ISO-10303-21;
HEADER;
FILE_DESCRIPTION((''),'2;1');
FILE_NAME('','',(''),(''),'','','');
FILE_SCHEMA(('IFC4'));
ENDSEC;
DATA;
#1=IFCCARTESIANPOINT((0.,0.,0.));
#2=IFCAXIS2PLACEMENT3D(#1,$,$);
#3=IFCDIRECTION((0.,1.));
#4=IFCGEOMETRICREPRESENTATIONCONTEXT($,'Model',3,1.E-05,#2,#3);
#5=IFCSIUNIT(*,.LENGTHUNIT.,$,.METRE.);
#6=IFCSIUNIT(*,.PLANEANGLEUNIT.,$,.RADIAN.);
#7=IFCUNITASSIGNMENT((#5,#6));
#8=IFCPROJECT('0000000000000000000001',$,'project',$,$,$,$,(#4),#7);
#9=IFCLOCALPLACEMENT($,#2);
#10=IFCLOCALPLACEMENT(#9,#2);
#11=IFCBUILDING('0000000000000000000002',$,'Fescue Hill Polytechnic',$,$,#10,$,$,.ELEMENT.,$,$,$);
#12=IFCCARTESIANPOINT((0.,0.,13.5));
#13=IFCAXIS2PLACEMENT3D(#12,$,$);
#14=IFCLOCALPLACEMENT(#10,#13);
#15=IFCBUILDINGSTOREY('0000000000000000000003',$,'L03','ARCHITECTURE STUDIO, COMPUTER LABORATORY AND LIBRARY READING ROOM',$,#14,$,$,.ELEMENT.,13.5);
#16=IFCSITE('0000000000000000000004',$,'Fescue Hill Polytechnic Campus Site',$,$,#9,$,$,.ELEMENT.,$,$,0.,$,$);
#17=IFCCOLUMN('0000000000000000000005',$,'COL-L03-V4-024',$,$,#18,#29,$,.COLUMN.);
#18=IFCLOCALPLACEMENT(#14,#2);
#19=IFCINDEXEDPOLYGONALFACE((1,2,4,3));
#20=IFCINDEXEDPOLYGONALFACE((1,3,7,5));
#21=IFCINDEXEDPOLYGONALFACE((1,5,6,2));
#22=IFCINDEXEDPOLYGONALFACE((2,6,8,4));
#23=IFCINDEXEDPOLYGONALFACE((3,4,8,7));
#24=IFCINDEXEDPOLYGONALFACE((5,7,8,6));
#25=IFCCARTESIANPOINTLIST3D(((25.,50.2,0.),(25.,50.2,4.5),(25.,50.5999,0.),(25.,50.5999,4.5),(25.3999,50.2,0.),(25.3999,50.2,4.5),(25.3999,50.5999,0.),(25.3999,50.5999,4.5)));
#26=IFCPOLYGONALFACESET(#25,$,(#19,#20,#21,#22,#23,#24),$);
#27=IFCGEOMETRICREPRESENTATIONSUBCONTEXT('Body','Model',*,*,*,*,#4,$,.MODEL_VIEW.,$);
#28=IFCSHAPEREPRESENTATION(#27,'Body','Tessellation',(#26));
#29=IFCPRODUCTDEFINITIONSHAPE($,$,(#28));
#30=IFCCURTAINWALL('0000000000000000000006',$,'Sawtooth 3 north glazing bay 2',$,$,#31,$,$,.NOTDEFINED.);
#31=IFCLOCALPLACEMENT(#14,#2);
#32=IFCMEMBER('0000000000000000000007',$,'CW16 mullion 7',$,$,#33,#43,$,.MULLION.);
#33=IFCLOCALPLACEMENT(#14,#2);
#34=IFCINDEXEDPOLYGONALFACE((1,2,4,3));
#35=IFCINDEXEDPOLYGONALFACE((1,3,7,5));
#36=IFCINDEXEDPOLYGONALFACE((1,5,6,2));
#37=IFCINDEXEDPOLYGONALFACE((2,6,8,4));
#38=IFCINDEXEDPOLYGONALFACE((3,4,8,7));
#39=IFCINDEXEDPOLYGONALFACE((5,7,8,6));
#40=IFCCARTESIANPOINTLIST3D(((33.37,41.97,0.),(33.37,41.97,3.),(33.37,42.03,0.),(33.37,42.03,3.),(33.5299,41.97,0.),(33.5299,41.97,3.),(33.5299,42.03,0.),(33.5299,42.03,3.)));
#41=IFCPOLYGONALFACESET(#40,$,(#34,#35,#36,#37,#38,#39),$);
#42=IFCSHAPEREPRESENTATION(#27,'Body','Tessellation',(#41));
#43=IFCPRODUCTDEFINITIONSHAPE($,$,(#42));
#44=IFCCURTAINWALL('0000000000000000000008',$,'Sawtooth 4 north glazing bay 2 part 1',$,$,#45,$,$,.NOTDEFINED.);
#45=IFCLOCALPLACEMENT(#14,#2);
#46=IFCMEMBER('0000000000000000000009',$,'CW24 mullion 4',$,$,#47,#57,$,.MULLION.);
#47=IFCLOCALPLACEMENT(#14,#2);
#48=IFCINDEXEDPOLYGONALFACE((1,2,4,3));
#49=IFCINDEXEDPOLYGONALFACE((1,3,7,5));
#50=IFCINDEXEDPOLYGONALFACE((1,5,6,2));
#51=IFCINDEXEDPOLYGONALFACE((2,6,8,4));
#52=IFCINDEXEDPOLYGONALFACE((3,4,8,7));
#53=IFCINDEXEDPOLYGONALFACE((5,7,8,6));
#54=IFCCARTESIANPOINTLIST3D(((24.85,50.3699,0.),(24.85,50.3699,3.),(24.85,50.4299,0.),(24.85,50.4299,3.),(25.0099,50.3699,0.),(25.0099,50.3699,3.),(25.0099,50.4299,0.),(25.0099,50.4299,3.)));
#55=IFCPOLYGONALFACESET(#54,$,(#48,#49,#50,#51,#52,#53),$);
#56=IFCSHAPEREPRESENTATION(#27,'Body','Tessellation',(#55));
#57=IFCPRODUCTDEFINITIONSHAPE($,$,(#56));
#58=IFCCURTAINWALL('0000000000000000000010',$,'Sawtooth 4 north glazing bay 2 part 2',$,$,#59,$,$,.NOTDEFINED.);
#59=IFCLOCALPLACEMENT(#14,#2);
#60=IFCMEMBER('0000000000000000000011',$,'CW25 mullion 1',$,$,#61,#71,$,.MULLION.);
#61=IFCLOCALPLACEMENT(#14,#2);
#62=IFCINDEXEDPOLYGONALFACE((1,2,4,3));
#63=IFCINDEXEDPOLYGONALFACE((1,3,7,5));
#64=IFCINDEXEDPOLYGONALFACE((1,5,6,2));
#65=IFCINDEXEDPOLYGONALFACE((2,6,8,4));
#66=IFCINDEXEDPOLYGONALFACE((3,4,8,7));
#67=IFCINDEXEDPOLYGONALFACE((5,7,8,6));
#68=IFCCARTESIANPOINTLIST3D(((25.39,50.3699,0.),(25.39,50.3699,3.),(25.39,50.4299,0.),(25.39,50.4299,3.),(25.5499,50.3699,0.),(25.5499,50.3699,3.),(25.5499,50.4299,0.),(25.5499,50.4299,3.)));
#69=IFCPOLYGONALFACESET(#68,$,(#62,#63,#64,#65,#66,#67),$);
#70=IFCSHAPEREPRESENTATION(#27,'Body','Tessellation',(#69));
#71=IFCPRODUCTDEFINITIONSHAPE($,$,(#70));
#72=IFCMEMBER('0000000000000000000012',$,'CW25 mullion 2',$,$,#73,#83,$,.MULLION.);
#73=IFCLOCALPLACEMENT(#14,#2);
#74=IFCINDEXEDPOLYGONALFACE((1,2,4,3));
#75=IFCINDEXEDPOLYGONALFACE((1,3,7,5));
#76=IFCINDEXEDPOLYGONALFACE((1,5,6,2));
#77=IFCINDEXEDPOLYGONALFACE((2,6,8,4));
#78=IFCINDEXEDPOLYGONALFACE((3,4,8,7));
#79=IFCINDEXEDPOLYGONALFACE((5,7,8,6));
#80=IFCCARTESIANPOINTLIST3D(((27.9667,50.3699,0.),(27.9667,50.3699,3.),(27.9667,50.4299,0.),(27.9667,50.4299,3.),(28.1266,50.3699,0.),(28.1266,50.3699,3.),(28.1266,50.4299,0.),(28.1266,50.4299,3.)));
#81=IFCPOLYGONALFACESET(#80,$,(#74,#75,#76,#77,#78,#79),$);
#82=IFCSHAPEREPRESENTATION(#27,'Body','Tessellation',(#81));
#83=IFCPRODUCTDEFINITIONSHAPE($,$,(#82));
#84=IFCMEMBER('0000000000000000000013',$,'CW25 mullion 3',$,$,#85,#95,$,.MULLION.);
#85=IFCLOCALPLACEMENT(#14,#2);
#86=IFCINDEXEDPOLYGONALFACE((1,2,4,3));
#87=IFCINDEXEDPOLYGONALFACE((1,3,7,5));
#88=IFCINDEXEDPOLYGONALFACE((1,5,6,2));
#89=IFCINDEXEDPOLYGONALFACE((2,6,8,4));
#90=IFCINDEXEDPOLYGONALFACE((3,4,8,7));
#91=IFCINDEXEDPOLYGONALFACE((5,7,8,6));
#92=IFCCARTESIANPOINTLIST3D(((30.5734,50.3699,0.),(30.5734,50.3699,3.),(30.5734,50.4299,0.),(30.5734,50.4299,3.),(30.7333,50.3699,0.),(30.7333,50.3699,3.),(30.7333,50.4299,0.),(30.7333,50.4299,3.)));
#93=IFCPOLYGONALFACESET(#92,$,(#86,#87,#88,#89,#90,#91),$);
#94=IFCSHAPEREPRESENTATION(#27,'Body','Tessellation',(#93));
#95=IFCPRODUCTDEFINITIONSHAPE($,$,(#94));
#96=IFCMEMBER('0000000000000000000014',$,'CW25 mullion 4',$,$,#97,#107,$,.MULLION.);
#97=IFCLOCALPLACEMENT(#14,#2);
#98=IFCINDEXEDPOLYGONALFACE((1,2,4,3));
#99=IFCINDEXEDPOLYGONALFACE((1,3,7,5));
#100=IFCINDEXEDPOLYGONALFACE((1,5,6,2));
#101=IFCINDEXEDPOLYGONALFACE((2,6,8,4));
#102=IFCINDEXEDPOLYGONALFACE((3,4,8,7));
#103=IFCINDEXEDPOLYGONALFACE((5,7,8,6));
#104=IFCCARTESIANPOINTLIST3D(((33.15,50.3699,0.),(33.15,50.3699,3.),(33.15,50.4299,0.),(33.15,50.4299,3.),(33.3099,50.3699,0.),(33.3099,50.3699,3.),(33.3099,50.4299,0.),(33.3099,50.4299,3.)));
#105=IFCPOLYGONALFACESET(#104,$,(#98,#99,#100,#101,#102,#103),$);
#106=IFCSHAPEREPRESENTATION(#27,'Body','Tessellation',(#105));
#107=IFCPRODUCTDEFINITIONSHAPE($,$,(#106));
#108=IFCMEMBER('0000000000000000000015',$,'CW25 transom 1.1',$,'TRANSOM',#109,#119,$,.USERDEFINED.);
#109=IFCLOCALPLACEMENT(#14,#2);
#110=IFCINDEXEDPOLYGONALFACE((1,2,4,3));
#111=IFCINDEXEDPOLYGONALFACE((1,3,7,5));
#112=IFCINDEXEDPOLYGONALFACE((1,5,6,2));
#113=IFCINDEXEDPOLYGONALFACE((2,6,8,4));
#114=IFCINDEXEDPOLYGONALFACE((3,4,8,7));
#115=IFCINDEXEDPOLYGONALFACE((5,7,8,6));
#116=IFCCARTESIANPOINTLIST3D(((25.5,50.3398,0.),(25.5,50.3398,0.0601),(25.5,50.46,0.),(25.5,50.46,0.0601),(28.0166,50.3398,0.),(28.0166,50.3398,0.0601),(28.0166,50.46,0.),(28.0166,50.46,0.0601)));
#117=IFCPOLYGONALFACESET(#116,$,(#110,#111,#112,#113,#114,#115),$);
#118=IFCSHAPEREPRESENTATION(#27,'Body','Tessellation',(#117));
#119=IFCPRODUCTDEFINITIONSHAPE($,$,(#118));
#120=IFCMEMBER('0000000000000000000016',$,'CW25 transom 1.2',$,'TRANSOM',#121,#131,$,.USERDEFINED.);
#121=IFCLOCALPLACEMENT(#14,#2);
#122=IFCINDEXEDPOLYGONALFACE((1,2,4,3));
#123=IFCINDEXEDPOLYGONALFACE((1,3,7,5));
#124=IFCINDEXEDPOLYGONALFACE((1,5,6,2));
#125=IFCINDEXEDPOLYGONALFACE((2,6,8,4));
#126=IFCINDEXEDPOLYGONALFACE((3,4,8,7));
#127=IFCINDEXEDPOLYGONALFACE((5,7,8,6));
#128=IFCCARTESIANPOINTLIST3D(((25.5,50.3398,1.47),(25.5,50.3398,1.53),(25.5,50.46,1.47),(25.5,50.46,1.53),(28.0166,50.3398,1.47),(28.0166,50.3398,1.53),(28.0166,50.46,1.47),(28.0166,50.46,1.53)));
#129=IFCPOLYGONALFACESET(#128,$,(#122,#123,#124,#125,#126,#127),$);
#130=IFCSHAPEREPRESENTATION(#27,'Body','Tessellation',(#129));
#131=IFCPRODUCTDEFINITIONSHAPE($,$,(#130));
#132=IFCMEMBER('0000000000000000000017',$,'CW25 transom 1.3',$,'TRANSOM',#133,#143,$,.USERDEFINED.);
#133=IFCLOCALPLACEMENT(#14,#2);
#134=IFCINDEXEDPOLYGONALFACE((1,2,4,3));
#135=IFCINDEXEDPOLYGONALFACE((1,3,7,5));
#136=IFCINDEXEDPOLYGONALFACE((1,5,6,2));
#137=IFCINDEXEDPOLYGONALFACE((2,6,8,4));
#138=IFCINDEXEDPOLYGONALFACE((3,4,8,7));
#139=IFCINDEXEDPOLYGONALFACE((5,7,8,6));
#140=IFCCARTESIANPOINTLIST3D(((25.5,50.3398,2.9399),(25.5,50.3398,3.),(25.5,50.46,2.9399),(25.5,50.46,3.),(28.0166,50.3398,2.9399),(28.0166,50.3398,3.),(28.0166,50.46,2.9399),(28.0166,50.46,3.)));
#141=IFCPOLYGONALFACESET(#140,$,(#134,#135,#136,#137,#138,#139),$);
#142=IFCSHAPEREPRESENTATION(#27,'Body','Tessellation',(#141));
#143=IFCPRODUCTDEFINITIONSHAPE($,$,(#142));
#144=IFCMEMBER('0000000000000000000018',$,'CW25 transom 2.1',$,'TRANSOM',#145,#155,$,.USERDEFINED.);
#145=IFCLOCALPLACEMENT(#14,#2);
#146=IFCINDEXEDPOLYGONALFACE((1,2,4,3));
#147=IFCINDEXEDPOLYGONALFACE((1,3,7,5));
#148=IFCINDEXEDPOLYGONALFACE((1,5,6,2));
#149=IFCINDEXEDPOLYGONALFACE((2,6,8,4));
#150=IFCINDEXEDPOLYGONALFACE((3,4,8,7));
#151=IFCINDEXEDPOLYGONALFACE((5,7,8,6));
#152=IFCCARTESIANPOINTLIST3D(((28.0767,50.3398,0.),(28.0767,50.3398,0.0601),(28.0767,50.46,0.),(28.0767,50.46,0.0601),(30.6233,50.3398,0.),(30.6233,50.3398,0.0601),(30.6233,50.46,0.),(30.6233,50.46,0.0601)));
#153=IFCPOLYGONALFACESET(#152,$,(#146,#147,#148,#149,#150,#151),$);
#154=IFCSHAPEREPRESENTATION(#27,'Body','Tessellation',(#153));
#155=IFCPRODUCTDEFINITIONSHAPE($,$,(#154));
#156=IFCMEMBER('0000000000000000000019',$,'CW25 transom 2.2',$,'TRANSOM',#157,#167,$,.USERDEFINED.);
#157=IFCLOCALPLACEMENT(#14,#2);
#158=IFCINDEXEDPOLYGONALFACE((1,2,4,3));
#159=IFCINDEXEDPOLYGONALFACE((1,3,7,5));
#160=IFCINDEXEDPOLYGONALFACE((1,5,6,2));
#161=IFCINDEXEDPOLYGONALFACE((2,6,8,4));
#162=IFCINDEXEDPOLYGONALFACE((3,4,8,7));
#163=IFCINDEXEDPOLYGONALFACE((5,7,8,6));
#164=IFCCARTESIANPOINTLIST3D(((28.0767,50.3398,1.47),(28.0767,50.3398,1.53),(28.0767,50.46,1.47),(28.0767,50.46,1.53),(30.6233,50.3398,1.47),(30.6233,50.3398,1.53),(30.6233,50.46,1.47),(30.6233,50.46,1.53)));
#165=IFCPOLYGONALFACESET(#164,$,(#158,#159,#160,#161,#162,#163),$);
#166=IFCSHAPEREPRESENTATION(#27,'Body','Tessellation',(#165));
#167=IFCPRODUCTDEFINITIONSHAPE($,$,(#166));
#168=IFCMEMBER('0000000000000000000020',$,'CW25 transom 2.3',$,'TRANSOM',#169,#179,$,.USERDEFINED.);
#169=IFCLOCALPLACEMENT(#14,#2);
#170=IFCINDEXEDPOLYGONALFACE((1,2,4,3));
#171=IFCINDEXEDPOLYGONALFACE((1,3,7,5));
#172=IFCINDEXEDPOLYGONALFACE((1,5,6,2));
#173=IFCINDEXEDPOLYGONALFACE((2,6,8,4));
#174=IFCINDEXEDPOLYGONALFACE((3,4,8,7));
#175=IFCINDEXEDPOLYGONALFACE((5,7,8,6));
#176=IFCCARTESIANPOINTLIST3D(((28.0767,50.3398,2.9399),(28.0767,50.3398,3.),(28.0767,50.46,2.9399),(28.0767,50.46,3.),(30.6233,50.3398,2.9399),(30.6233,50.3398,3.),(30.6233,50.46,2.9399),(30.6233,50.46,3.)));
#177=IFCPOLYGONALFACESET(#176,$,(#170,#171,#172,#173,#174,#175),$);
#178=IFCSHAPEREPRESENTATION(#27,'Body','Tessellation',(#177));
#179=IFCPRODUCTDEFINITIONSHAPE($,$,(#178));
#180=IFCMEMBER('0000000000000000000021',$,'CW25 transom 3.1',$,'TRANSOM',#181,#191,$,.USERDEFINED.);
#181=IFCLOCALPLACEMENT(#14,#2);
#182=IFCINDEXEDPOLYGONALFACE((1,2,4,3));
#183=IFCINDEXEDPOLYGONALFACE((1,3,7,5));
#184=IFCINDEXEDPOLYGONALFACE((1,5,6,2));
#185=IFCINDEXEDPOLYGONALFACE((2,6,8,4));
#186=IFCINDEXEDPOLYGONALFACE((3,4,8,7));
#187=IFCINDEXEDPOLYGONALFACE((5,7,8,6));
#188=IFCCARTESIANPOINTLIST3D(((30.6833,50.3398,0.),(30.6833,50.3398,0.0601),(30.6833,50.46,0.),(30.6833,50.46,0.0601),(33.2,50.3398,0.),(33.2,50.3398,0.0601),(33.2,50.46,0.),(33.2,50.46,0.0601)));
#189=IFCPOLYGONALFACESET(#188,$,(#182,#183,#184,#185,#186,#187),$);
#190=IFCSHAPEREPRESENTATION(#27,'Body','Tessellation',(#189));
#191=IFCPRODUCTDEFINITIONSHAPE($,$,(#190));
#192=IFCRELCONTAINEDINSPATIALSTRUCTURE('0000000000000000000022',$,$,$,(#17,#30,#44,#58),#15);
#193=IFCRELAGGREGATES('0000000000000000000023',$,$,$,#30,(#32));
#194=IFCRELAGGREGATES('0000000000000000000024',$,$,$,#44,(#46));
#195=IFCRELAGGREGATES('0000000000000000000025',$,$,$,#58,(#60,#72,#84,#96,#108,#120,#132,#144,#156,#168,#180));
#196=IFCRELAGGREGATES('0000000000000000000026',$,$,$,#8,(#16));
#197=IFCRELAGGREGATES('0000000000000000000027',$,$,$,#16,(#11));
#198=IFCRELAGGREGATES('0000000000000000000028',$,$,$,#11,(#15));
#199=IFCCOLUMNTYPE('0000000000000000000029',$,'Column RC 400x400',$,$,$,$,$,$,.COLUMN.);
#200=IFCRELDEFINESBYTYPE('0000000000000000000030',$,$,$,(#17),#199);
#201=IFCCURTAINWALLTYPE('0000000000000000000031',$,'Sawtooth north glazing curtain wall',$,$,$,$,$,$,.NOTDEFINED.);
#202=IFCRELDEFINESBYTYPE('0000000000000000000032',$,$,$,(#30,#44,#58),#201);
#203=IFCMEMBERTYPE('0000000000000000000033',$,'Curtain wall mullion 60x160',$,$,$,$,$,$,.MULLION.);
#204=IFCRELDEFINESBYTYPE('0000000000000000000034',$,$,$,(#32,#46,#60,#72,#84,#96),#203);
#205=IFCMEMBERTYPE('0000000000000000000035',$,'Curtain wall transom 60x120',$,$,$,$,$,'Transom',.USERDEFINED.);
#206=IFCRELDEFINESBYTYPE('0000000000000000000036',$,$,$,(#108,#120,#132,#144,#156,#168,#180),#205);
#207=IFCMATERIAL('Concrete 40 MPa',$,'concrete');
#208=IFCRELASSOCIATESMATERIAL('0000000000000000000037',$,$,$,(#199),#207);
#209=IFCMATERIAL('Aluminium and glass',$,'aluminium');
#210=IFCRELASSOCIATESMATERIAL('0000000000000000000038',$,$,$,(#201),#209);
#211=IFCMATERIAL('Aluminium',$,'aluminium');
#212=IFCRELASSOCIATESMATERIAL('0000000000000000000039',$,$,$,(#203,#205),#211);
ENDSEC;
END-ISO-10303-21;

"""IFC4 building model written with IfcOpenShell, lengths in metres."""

from ifc_helpers import new_model, si_unit, direction, frame, origin, origin_2d, place, context, subcontext, project, spatial, rectangle, extrude, material, material_profile, profile_set, type_object, element, aggregate, save


model = new_model("IFC4")

# Units and contexts
model_context = context("Model", 3, precision=1e-05, world=origin(), true_north=direction((0.0, 1.0)))
body_context = subcontext(model_context, "Body", "Model", "MODEL_VIEW")
ifc_project = project(units=[si_unit("LENGTHUNIT", "METRE"), si_unit("PLANEANGLEUNIT", "RADIAN")], contexts=[model_context])

# Site, building, storey
site_placement = place(None, origin())
site = spatial("IfcSite", under=ifc_project, at=site_placement, Name="Fescue Hill Polytechnic Campus Site", CompositionType="ELEMENT", RefElevation=0.0)
building_placement = place(site_placement, origin())
building = spatial("IfcBuilding", under=site, at=building_placement, Name="Fescue Hill Polytechnic", CompositionType="ELEMENT")
storey_placement = place(building_placement, frame((0.0, 0.0, 13.5)))
storey = spatial("IfcBuildingStorey", under=building, at=storey_placement, Name="L03", Description="ARCHITECTURE STUDIO, COMPUTER LABORATORY AND LIBRARY READING ROOM", CompositionType="ELEMENT", Elevation=13.5)

# Column
ifc_material_1 = material(Name="Concrete 40 MPa", Category="concrete")
ifc_material_profile_1 = material_profile(ifc_material_1, rectangle(XDim=0.3999, YDim=0.3999, at=origin_2d()), Name="RC 400x400")
ifc_profile_set_1 = profile_set([ifc_material_profile_1], Name="Concrete 40 MPa")
column_type = type_object("IfcColumnType", Name="Column RC 400x400", PredefinedType="COLUMN", material=ifc_profile_set_1)
column_placement = place(storey_placement, frame((25.2, 50.3999, 0.0), z_axis=(0.0, 0.0, 1.0), x_axis=(1.0, 0.0, 0.0)))
element("IfcColumn", 1, at=column_placement, inside=storey, type_object=column_type, Name="COL-L03-V4-024", PredefinedType="COLUMN", context=body_context, shape_type="SweptSolid", body=[
    extrude(rectangle(XDim=0.3999, YDim=0.3999, at=origin_2d()), origin(), (0.0, 0.0, 1.0), 4.5),
])

# Curtain walls, members
ifc_material_2 = material(Name="Aluminium and glass", Category="aluminium")
curtain_wall_type = type_object("IfcCurtainWallType", Name="Sawtooth north glazing curtain wall", PredefinedType="NOTDEFINED", material=ifc_material_2)
curtain_wall_1_placement = place(storey_placement, origin())
curtain_wall_1 = element("IfcCurtainWall", 2, at=curtain_wall_1_placement, inside=storey, type_object=curtain_wall_type, Name="Sawtooth 3 north glazing bay 2", PredefinedType="NOTDEFINED")
ifc_material_3 = material(Name="Aluminium", Category="aluminium")
ifc_material_profile_2 = material_profile(ifc_material_3, rectangle(XDim=0.0601, YDim=0.1599, at=origin_2d()), Name="Curtain wall mullion 60x160")
ifc_profile_set_2 = profile_set([ifc_material_profile_2], Name="Aluminium")
member_type_1 = type_object("IfcMemberType", Name="Curtain wall mullion 60x160", PredefinedType="MULLION", material=ifc_profile_set_2)
member_1_placement = place(storey_placement, frame((33.45, 42.0, 0.0), z_axis=(0.0, 0.0, 1.0), x_axis=(0.0, 1.0, 0.0)))
member_1 = element("IfcMember", 3, at=member_1_placement, type_object=member_type_1, Name="CW16 mullion 7", PredefinedType="MULLION", context=body_context, shape_type="SweptSolid", body=[
    extrude(rectangle(XDim=0.0601, YDim=0.1599, at=origin_2d()), origin(), (0.0, 0.0, 1.0), 3.0),
])
aggregate(curtain_wall_1, [member_1])
curtain_wall_2_placement = place(storey_placement, origin())
curtain_wall_2 = element("IfcCurtainWall", 4, at=curtain_wall_2_placement, inside=storey, type_object=curtain_wall_type, Name="Sawtooth 4 north glazing bay 2 part 1", PredefinedType="NOTDEFINED")
member_2_placement = place(storey_placement, frame((24.9299, 50.3999, 0.0), z_axis=(0.0, 0.0, 1.0), x_axis=(0.0, 1.0, 0.0)))
member_2 = element("IfcMember", 5, at=member_2_placement, type_object=member_type_1, Name="CW24 mullion 4", PredefinedType="MULLION", context=body_context, shape_type="SweptSolid", body=[
    extrude(rectangle(XDim=0.0601, YDim=0.1599, at=origin_2d()), origin(), (0.0, 0.0, 1.0), 3.0),
])
aggregate(curtain_wall_2, [member_2])

# Curtain wall, members
curtain_wall_3_placement = place(storey_placement, origin())
curtain_wall_3 = element("IfcCurtainWall", 6, at=curtain_wall_3_placement, inside=storey, type_object=curtain_wall_type, Name="Sawtooth 4 north glazing bay 2 part 2", PredefinedType="NOTDEFINED")
member_3_placement = place(storey_placement, frame((25.47, 50.3999, 0.0), z_axis=(0.0, 0.0, 1.0), x_axis=(0.0, 1.0, 0.0)))
member_3 = element("IfcMember", 7, at=member_3_placement, type_object=member_type_1, Name="CW25 mullion 1", PredefinedType="MULLION", context=body_context, shape_type="SweptSolid", body=[
    extrude(rectangle(XDim=0.0601, YDim=0.1599, at=origin_2d()), origin(), (0.0, 0.0, 1.0), 3.0),
])
member_4_placement = place(storey_placement, frame((28.0466, 50.3999, 0.0), z_axis=(0.0, 0.0, 1.0), x_axis=(0.0, 1.0, 0.0)))
member_4 = element("IfcMember", 8, at=member_4_placement, type_object=member_type_1, Name="CW25 mullion 2", PredefinedType="MULLION", context=body_context, shape_type="SweptSolid", body=[
    extrude(rectangle(XDim=0.0601, YDim=0.1599, at=origin_2d()), origin(), (0.0, 0.0, 1.0), 3.0),
])
member_5_placement = place(storey_placement, frame((30.6533, 50.3999, 0.0), z_axis=(0.0, 0.0, 1.0), x_axis=(0.0, 1.0, 0.0)))
member_5 = element("IfcMember", 9, at=member_5_placement, type_object=member_type_1, Name="CW25 mullion 3", PredefinedType="MULLION", context=body_context, shape_type="SweptSolid", body=[
    extrude(rectangle(XDim=0.0601, YDim=0.1599, at=origin_2d()), origin(), (0.0, 0.0, 1.0), 3.0),
])
member_6_placement = place(storey_placement, frame((33.23, 50.3999, 0.0), z_axis=(0.0, 0.0, 1.0), x_axis=(0.0, 1.0, 0.0)))
member_6 = element("IfcMember", 10, at=member_6_placement, type_object=member_type_1, Name="CW25 mullion 4", PredefinedType="MULLION", context=body_context, shape_type="SweptSolid", body=[
    extrude(rectangle(XDim=0.0601, YDim=0.1599, at=origin_2d()), origin(), (0.0, 0.0, 1.0), 3.0),
])
ifc_material_profile_3 = material_profile(ifc_material_3, rectangle(XDim=0.1201, YDim=0.0601, at=origin_2d()), Name="Curtain wall transom 60x120")
ifc_profile_set_3 = profile_set([ifc_material_profile_3], Name="Aluminium")
member_type_2 = type_object("IfcMemberType", Name="Curtain wall transom 60x120", ElementType="Transom", PredefinedType="USERDEFINED", material=ifc_profile_set_3)
member_7_placement = place(storey_placement, frame((25.5, 50.3999, 0.03), z_axis=(1.0, 0.0, 0.0), x_axis=(0.0, 1.0, 0.0)))
member_7 = element("IfcMember", 11, at=member_7_placement, type_object=member_type_2, Name="CW25 transom 1.1", ObjectType="TRANSOM", PredefinedType="USERDEFINED", context=body_context, shape_type="SweptSolid", body=[
    extrude(rectangle(XDim=0.1201, YDim=0.0601, at=origin_2d()), origin(), (0.0, 0.0, 1.0), 2.5166),
])
member_8_placement = place(storey_placement, frame((25.5, 50.3999, 1.5), z_axis=(1.0, 0.0, 0.0), x_axis=(0.0, 1.0, 0.0)))
member_8 = element("IfcMember", 12, at=member_8_placement, type_object=member_type_2, Name="CW25 transom 1.2", ObjectType="TRANSOM", PredefinedType="USERDEFINED", context=body_context, shape_type="SweptSolid", body=[
    extrude(rectangle(XDim=0.1201, YDim=0.0601, at=origin_2d()), origin(), (0.0, 0.0, 1.0), 2.5166),
])
member_9_placement = place(storey_placement, frame((25.5, 50.3999, 2.97), z_axis=(1.0, 0.0, 0.0), x_axis=(0.0, 1.0, 0.0)))
member_9 = element("IfcMember", 13, at=member_9_placement, type_object=member_type_2, Name="CW25 transom 1.3", ObjectType="TRANSOM", PredefinedType="USERDEFINED", context=body_context, shape_type="SweptSolid", body=[
    extrude(rectangle(XDim=0.1201, YDim=0.0601, at=origin_2d()), origin(), (0.0, 0.0, 1.0), 2.5166),
])
member_10_placement = place(storey_placement, frame((28.0767, 50.3999, 0.03), z_axis=(1.0, 0.0, 0.0), x_axis=(0.0, 1.0, 0.0)))
member_10 = element("IfcMember", 14, at=member_10_placement, type_object=member_type_2, Name="CW25 transom 2.1", ObjectType="TRANSOM", PredefinedType="USERDEFINED", context=body_context, shape_type="SweptSolid", body=[
    extrude(rectangle(XDim=0.1201, YDim=0.0601, at=origin_2d()), origin(), (0.0, 0.0, 1.0), 2.5466),
])
member_11_placement = place(storey_placement, frame((28.0767, 50.3999, 1.5), z_axis=(1.0, 0.0, 0.0), x_axis=(0.0, 1.0, 0.0)))
member_11 = element("IfcMember", 15, at=member_11_placement, type_object=member_type_2, Name="CW25 transom 2.2", ObjectType="TRANSOM", PredefinedType="USERDEFINED", context=body_context, shape_type="SweptSolid", body=[
    extrude(rectangle(XDim=0.1201, YDim=0.0601, at=origin_2d()), origin(), (0.0, 0.0, 1.0), 2.5466),
])
member_12_placement = place(storey_placement, frame((28.0767, 50.3999, 2.97), z_axis=(1.0, 0.0, 0.0), x_axis=(0.0, 1.0, 0.0)))
member_12 = element("IfcMember", 16, at=member_12_placement, type_object=member_type_2, Name="CW25 transom 2.3", ObjectType="TRANSOM", PredefinedType="USERDEFINED", context=body_context, shape_type="SweptSolid", body=[
    extrude(rectangle(XDim=0.1201, YDim=0.0601, at=origin_2d()), origin(), (0.0, 0.0, 1.0), 2.5466),
])
member_13_placement = place(storey_placement, frame((30.6833, 50.3999, 0.03), z_axis=(1.0, 0.0, 0.0), x_axis=(0.0, 1.0, 0.0)))
member_13 = element("IfcMember", 17, at=member_13_placement, type_object=member_type_2, Name="CW25 transom 3.1", ObjectType="TRANSOM", PredefinedType="USERDEFINED", context=body_context, shape_type="SweptSolid", body=[
    extrude(rectangle(XDim=0.1201, YDim=0.0601, at=origin_2d()), origin(), (0.0, 0.0, 1.0), 2.5166),
])
aggregate(curtain_wall_3, [member_3, member_4, member_5, member_6, member_7, member_8, member_9, member_10, member_11, member_12, member_13])

save(model, "model.ifc")
